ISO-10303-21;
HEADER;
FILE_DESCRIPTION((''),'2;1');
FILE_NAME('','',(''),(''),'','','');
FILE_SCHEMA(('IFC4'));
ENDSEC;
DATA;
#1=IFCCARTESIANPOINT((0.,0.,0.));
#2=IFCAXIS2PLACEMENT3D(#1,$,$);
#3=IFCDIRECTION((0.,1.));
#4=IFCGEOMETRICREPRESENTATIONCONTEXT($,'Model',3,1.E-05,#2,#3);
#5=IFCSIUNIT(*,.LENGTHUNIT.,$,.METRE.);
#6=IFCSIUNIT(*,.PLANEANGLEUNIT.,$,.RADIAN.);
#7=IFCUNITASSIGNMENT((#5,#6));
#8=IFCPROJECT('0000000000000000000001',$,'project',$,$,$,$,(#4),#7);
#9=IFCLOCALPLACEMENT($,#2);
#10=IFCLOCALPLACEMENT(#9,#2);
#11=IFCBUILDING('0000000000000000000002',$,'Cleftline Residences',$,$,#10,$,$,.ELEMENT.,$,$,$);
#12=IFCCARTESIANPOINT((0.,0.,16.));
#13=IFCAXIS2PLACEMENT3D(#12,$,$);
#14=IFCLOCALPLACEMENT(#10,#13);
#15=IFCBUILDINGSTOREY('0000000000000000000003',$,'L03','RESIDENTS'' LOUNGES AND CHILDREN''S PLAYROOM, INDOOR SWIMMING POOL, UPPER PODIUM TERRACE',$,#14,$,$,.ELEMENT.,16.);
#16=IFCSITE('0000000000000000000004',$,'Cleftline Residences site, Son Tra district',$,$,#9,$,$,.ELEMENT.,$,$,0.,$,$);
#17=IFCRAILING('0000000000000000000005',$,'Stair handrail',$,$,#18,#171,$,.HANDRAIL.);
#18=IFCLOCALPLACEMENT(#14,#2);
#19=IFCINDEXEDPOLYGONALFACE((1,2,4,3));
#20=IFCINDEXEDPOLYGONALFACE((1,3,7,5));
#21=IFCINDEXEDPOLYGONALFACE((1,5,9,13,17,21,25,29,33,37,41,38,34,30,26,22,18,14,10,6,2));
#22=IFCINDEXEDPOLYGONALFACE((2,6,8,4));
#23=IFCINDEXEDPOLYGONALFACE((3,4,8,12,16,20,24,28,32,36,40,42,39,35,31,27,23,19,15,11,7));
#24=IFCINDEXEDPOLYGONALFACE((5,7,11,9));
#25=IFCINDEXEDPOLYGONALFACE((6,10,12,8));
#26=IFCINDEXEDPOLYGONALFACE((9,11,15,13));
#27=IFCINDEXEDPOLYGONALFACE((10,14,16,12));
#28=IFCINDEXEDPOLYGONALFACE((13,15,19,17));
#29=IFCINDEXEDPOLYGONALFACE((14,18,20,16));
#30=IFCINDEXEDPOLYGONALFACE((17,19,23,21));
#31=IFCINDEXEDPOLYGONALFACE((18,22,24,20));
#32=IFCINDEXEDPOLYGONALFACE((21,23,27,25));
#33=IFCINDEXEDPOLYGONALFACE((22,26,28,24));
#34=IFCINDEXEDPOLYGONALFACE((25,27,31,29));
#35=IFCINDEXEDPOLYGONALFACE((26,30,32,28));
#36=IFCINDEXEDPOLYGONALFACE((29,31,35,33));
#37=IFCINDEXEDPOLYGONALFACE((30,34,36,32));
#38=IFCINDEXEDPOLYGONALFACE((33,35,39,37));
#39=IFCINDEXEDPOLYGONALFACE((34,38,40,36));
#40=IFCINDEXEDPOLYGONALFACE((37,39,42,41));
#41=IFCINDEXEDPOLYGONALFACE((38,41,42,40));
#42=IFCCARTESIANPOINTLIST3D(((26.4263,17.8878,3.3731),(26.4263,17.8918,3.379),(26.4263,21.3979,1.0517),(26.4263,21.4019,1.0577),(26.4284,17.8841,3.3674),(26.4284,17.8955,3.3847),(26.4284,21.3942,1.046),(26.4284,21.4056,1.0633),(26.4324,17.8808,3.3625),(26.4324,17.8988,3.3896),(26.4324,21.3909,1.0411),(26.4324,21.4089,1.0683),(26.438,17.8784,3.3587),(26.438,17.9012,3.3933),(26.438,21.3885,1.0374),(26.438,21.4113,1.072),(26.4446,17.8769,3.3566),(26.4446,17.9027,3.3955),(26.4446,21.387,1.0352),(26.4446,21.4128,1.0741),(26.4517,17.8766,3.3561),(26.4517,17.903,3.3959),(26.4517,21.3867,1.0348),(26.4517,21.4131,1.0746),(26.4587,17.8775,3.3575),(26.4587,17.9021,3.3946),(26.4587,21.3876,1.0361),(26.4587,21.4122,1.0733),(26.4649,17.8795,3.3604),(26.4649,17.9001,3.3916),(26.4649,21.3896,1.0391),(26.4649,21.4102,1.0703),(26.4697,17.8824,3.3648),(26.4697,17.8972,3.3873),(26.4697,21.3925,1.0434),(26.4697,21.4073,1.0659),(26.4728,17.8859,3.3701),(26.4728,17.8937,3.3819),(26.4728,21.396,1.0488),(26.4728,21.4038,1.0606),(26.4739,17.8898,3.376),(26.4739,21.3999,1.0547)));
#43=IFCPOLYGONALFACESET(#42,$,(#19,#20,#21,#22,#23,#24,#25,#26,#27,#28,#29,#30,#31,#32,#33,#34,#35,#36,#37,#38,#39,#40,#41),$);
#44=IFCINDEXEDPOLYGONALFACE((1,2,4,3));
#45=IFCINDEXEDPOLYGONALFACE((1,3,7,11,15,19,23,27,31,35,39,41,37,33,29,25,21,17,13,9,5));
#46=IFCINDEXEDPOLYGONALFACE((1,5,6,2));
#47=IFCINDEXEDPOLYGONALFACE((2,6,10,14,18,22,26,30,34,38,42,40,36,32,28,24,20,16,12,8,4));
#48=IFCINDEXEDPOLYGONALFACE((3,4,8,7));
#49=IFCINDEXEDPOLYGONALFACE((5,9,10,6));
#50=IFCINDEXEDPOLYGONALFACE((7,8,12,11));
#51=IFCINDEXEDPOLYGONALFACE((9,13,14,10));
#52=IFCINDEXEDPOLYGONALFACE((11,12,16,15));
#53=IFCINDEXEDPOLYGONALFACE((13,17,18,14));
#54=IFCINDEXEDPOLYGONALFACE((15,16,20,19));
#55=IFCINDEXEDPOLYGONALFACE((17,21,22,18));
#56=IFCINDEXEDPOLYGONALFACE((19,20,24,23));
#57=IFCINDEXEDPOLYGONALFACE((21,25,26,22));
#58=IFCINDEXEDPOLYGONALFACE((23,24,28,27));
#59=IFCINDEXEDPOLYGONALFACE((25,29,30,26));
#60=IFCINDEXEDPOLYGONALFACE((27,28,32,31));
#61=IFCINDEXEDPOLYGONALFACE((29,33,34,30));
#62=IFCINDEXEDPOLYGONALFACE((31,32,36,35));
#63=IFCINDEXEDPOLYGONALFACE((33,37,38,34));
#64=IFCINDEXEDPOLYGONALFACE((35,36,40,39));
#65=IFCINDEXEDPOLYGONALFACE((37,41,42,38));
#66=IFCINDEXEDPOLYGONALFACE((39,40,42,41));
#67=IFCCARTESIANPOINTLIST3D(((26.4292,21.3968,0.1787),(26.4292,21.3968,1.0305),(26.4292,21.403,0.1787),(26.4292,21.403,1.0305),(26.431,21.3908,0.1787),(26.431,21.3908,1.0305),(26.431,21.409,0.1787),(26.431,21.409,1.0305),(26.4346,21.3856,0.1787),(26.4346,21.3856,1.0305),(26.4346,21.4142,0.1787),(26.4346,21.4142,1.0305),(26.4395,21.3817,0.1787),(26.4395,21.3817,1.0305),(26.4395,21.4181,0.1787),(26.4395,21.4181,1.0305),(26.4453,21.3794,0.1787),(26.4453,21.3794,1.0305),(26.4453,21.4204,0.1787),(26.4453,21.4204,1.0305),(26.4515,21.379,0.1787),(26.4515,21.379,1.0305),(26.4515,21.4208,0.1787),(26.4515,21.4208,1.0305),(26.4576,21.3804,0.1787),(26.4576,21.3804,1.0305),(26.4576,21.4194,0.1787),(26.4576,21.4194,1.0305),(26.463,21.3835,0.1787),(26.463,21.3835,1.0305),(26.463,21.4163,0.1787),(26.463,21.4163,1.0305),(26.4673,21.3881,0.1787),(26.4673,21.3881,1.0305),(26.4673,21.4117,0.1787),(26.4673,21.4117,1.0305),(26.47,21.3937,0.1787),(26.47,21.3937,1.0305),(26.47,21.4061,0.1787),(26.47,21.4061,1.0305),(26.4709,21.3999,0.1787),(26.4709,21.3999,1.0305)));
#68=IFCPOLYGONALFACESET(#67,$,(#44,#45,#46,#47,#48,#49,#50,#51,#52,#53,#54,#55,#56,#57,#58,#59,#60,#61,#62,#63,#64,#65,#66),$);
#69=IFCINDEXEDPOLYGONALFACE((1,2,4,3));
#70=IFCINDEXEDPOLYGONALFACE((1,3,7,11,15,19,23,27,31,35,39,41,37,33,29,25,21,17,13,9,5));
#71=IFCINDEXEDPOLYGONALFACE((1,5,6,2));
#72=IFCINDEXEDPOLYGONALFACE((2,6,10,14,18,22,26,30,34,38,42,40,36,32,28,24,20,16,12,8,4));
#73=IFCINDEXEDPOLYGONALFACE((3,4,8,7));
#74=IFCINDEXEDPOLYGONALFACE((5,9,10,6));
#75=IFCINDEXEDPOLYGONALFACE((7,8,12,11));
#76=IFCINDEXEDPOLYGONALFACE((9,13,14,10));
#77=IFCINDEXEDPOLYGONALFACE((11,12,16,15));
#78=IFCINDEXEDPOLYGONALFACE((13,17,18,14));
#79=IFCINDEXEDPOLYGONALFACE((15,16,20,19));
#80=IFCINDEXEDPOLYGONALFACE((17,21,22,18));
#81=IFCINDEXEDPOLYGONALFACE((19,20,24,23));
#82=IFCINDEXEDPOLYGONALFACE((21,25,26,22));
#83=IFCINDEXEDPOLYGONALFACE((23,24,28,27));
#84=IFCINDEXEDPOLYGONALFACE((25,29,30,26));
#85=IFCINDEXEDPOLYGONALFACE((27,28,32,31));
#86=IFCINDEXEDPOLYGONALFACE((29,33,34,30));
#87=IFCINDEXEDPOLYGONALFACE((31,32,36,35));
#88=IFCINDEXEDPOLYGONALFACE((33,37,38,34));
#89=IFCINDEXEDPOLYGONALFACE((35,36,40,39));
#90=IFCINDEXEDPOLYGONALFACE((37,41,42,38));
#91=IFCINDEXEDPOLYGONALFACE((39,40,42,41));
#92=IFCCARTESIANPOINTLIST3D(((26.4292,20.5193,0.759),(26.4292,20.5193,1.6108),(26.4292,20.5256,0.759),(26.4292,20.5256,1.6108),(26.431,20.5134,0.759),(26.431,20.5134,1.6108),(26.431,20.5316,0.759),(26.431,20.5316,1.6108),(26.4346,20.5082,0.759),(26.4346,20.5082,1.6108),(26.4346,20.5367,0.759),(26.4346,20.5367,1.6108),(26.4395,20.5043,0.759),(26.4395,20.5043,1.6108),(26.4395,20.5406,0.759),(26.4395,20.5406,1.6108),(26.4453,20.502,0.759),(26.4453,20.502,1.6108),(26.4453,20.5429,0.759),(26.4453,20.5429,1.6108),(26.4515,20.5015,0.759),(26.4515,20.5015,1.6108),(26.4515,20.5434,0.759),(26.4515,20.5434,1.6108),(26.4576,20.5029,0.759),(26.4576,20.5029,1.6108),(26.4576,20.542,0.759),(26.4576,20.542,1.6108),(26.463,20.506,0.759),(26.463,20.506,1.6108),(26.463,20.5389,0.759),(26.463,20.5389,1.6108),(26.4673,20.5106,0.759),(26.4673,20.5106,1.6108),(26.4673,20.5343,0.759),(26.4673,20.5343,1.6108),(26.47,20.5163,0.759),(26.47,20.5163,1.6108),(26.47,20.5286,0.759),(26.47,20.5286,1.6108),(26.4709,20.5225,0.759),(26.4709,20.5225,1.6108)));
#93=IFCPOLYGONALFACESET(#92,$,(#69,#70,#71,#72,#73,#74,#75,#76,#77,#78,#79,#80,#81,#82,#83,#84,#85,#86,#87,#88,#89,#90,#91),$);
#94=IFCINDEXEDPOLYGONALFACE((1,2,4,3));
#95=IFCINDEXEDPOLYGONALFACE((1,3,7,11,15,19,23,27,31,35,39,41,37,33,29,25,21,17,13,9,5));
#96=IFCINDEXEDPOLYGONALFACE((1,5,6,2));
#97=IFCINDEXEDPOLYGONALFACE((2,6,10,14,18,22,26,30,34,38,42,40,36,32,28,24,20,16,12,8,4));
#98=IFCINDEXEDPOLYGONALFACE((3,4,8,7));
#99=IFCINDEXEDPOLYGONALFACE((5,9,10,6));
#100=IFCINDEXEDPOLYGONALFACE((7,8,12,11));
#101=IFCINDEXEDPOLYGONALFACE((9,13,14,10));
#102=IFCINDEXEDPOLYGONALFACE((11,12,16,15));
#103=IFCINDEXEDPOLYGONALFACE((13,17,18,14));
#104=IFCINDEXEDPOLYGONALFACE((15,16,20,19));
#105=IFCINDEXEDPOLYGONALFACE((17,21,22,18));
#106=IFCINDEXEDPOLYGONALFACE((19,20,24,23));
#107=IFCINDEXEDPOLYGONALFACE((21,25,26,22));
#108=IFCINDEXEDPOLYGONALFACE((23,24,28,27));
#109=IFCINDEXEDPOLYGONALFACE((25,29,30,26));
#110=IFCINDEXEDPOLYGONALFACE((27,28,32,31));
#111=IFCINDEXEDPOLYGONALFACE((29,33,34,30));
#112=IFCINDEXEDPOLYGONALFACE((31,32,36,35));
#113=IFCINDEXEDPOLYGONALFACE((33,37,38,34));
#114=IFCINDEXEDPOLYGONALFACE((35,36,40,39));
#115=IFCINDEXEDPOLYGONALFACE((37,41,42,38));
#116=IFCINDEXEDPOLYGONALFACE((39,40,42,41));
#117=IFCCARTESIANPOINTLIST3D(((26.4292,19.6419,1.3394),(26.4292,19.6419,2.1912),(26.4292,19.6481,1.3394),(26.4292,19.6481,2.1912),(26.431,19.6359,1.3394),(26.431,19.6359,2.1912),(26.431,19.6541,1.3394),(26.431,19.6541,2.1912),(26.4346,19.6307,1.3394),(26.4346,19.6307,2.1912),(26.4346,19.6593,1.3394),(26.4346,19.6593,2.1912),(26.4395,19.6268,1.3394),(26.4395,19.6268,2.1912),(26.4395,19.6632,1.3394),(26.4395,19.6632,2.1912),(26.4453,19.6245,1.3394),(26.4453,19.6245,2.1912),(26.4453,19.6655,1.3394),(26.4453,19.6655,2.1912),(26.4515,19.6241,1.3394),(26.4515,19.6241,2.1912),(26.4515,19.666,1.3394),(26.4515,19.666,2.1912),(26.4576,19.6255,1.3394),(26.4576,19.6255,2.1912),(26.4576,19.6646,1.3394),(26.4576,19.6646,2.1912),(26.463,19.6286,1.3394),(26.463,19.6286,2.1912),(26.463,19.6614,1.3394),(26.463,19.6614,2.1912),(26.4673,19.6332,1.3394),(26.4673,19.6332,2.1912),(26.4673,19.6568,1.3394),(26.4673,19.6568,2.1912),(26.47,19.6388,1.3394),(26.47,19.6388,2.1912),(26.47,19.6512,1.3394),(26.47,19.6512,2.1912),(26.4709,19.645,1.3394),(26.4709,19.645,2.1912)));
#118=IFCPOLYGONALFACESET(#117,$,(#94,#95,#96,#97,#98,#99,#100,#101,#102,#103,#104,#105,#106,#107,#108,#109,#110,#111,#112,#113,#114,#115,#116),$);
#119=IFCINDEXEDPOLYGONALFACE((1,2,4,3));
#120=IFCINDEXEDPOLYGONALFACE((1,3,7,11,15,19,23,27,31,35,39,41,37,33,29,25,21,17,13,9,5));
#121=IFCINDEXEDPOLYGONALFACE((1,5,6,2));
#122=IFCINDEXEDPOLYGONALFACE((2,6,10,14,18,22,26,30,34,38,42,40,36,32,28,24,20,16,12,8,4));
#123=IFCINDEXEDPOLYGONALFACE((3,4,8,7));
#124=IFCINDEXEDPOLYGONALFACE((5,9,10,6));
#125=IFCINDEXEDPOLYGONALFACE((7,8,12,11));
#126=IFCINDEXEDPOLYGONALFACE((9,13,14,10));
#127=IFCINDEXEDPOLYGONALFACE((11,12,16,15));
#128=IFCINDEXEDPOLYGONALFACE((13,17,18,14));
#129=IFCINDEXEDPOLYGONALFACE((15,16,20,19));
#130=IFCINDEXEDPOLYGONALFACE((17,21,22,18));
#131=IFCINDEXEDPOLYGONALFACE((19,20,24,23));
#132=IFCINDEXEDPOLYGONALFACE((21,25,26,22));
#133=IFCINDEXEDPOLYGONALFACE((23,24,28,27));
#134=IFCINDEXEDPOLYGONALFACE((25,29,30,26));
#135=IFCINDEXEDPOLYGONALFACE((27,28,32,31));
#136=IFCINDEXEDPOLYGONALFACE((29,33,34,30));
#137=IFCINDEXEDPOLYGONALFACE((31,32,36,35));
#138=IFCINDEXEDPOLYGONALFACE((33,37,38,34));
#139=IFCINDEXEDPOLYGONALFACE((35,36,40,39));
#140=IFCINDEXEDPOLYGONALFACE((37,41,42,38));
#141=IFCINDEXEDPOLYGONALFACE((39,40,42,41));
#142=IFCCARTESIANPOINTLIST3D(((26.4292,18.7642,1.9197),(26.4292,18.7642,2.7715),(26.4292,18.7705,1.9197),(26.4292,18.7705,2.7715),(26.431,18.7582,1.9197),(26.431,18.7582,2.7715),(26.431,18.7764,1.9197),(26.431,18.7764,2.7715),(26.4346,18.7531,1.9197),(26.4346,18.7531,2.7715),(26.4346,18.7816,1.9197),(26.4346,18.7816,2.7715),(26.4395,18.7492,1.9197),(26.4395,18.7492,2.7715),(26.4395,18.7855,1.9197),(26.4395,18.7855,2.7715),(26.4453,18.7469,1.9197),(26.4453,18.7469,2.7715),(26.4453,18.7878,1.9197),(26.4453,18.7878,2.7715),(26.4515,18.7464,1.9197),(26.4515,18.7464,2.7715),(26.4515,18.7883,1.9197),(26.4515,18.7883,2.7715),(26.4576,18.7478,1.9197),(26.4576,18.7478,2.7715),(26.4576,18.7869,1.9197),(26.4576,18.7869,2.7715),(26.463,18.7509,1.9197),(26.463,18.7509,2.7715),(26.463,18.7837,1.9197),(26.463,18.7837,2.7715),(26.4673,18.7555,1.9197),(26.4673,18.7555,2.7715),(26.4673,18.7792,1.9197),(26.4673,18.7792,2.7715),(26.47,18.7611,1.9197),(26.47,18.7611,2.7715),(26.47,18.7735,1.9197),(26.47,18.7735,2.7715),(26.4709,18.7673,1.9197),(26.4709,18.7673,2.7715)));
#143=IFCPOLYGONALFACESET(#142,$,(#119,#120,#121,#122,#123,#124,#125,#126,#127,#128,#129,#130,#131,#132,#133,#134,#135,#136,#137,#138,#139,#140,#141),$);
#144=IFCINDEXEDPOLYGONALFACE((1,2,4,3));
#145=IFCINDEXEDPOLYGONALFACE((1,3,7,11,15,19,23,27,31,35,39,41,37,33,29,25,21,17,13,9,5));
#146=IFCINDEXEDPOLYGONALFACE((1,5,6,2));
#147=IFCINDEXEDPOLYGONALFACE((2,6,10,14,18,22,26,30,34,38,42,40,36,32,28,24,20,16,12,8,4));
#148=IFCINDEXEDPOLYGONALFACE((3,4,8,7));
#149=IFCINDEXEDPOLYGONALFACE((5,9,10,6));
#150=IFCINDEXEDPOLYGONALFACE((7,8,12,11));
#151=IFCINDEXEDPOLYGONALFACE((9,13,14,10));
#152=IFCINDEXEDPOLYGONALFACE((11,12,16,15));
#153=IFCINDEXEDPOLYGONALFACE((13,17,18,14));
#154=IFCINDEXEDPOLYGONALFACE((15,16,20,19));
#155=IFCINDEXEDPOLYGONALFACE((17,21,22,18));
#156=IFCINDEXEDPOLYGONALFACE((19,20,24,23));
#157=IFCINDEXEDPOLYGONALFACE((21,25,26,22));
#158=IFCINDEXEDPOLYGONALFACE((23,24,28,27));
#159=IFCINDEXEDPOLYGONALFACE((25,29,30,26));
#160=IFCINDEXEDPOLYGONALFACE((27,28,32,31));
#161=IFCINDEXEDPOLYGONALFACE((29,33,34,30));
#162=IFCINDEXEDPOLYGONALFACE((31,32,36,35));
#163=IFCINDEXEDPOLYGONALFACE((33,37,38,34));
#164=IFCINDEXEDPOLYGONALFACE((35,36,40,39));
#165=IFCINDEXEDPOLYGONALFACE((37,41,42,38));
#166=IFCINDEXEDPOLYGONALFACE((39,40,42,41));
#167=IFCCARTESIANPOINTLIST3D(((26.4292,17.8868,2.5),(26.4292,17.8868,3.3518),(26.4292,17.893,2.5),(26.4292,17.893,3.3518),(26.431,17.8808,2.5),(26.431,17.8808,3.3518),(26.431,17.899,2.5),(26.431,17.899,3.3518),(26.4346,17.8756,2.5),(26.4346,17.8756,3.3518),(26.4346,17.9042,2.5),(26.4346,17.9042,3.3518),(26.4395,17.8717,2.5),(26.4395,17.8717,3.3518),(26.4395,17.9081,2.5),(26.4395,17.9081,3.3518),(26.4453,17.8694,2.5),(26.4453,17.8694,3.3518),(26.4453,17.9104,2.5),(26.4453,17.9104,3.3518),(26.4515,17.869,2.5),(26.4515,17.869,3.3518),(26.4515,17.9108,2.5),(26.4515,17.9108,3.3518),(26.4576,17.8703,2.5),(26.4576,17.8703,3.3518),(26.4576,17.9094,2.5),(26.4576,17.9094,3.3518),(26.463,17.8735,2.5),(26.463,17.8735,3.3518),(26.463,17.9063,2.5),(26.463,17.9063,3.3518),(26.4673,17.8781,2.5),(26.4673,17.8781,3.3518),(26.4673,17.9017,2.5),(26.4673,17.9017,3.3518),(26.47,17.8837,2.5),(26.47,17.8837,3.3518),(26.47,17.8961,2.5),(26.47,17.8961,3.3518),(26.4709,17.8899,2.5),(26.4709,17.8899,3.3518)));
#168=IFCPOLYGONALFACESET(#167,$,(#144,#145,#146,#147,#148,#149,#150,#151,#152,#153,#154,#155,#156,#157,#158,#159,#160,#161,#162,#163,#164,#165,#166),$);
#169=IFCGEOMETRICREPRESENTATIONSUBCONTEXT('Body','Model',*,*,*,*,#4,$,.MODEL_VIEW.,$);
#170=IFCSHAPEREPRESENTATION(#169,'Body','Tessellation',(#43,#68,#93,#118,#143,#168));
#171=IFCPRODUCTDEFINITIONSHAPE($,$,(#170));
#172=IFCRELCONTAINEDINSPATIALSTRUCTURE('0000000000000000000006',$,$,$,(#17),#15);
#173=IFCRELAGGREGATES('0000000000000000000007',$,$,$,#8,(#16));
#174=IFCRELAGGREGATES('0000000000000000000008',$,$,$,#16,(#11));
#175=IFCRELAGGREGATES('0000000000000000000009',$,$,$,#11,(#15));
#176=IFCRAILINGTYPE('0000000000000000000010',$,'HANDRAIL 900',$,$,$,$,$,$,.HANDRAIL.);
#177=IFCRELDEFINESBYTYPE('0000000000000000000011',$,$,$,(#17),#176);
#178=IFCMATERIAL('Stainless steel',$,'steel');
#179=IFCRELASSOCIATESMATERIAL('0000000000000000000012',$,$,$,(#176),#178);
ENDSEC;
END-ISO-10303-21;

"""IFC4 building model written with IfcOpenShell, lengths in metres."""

from ifc_helpers import new_model, si_unit, direction, frame, origin, origin_2d, place, context, subcontext, project, spatial, circle, extrude, material, type_object, element, save


model = new_model("IFC4")

# Units and contexts
model_context = context("Model", 3, precision=1e-05, world=origin(), true_north=direction((0.0, 1.0)))
body_context = subcontext(model_context, "Body", "Model", "MODEL_VIEW")
ifc_project = project(units=[si_unit("LENGTHUNIT", "METRE"), si_unit("PLANEANGLEUNIT", "RADIAN")], contexts=[model_context])

# Site, building, storey
site_placement = place(None, origin())
site = spatial("IfcSite", under=ifc_project, at=site_placement, Name="Cleftline Residences site, Son Tra district", CompositionType="ELEMENT", RefElevation=0.0)
building_placement = place(site_placement, origin())
building = spatial("IfcBuilding", under=site, at=building_placement, Name="Cleftline Residences", CompositionType="ELEMENT")
storey_placement = place(building_placement, frame((0.0, 0.0, 16.0)))
storey = spatial("IfcBuildingStorey", under=building, at=storey_placement, Name="L03", Description="RESIDENTS' LOUNGES AND CHILDREN'S PLAYROOM, INDOOR SWIMMING POOL, UPPER PODIUM TERRACE", CompositionType="ELEMENT", Elevation=16.0)

# Railing
ifc_material_1 = material(Name="Stainless steel", Category="steel")
railing_type = type_object("IfcRailingType", Name="HANDRAIL 900", PredefinedType="HANDRAIL", material=ifc_material_1)
railing_1_placement = place(storey_placement, frame((26.45, 21.3999, 0.1787)))
element("IfcRailing", 1, at=railing_1_placement, inside=storey, type_object=railing_type, Name="Stair handrail", PredefinedType="HANDRAIL", context=body_context, shape_type="SweptSolid", body=[
    extrude(circle(Radius=0.0239, at=origin_2d()), frame((0.0, 0.0, 0.876), z_axis=(0.0, -0.834097, 0.551617), x_axis=(1.0, 0.0, 0.0)), (0.0, 0.0, 1.0), 4.2083),
    extrude(circle(Radius=0.021, at=origin_2d()), origin(), (0.0, 0.0, 1.0), 0.8518),
    extrude(circle(Radius=0.021, at=origin_2d()), frame((0.0, -0.8774, 0.5803)), (0.0, 0.0, 1.0), 0.8518),
    extrude(circle(Radius=0.021, at=origin_2d()), frame((0.0, -1.7549, 1.1606)), (0.0, 0.0, 1.0), 0.8518),
    extrude(circle(Radius=0.021, at=origin_2d()), frame((0.0, -2.6326, 1.741)), (0.0, 0.0, 1.0), 0.8518),
    extrude(circle(Radius=0.021, at=origin_2d()), frame((0.0, -3.51, 2.3213)), (0.0, 0.0, 1.0), 0.8518),
])

save(model, "model.ifc")
